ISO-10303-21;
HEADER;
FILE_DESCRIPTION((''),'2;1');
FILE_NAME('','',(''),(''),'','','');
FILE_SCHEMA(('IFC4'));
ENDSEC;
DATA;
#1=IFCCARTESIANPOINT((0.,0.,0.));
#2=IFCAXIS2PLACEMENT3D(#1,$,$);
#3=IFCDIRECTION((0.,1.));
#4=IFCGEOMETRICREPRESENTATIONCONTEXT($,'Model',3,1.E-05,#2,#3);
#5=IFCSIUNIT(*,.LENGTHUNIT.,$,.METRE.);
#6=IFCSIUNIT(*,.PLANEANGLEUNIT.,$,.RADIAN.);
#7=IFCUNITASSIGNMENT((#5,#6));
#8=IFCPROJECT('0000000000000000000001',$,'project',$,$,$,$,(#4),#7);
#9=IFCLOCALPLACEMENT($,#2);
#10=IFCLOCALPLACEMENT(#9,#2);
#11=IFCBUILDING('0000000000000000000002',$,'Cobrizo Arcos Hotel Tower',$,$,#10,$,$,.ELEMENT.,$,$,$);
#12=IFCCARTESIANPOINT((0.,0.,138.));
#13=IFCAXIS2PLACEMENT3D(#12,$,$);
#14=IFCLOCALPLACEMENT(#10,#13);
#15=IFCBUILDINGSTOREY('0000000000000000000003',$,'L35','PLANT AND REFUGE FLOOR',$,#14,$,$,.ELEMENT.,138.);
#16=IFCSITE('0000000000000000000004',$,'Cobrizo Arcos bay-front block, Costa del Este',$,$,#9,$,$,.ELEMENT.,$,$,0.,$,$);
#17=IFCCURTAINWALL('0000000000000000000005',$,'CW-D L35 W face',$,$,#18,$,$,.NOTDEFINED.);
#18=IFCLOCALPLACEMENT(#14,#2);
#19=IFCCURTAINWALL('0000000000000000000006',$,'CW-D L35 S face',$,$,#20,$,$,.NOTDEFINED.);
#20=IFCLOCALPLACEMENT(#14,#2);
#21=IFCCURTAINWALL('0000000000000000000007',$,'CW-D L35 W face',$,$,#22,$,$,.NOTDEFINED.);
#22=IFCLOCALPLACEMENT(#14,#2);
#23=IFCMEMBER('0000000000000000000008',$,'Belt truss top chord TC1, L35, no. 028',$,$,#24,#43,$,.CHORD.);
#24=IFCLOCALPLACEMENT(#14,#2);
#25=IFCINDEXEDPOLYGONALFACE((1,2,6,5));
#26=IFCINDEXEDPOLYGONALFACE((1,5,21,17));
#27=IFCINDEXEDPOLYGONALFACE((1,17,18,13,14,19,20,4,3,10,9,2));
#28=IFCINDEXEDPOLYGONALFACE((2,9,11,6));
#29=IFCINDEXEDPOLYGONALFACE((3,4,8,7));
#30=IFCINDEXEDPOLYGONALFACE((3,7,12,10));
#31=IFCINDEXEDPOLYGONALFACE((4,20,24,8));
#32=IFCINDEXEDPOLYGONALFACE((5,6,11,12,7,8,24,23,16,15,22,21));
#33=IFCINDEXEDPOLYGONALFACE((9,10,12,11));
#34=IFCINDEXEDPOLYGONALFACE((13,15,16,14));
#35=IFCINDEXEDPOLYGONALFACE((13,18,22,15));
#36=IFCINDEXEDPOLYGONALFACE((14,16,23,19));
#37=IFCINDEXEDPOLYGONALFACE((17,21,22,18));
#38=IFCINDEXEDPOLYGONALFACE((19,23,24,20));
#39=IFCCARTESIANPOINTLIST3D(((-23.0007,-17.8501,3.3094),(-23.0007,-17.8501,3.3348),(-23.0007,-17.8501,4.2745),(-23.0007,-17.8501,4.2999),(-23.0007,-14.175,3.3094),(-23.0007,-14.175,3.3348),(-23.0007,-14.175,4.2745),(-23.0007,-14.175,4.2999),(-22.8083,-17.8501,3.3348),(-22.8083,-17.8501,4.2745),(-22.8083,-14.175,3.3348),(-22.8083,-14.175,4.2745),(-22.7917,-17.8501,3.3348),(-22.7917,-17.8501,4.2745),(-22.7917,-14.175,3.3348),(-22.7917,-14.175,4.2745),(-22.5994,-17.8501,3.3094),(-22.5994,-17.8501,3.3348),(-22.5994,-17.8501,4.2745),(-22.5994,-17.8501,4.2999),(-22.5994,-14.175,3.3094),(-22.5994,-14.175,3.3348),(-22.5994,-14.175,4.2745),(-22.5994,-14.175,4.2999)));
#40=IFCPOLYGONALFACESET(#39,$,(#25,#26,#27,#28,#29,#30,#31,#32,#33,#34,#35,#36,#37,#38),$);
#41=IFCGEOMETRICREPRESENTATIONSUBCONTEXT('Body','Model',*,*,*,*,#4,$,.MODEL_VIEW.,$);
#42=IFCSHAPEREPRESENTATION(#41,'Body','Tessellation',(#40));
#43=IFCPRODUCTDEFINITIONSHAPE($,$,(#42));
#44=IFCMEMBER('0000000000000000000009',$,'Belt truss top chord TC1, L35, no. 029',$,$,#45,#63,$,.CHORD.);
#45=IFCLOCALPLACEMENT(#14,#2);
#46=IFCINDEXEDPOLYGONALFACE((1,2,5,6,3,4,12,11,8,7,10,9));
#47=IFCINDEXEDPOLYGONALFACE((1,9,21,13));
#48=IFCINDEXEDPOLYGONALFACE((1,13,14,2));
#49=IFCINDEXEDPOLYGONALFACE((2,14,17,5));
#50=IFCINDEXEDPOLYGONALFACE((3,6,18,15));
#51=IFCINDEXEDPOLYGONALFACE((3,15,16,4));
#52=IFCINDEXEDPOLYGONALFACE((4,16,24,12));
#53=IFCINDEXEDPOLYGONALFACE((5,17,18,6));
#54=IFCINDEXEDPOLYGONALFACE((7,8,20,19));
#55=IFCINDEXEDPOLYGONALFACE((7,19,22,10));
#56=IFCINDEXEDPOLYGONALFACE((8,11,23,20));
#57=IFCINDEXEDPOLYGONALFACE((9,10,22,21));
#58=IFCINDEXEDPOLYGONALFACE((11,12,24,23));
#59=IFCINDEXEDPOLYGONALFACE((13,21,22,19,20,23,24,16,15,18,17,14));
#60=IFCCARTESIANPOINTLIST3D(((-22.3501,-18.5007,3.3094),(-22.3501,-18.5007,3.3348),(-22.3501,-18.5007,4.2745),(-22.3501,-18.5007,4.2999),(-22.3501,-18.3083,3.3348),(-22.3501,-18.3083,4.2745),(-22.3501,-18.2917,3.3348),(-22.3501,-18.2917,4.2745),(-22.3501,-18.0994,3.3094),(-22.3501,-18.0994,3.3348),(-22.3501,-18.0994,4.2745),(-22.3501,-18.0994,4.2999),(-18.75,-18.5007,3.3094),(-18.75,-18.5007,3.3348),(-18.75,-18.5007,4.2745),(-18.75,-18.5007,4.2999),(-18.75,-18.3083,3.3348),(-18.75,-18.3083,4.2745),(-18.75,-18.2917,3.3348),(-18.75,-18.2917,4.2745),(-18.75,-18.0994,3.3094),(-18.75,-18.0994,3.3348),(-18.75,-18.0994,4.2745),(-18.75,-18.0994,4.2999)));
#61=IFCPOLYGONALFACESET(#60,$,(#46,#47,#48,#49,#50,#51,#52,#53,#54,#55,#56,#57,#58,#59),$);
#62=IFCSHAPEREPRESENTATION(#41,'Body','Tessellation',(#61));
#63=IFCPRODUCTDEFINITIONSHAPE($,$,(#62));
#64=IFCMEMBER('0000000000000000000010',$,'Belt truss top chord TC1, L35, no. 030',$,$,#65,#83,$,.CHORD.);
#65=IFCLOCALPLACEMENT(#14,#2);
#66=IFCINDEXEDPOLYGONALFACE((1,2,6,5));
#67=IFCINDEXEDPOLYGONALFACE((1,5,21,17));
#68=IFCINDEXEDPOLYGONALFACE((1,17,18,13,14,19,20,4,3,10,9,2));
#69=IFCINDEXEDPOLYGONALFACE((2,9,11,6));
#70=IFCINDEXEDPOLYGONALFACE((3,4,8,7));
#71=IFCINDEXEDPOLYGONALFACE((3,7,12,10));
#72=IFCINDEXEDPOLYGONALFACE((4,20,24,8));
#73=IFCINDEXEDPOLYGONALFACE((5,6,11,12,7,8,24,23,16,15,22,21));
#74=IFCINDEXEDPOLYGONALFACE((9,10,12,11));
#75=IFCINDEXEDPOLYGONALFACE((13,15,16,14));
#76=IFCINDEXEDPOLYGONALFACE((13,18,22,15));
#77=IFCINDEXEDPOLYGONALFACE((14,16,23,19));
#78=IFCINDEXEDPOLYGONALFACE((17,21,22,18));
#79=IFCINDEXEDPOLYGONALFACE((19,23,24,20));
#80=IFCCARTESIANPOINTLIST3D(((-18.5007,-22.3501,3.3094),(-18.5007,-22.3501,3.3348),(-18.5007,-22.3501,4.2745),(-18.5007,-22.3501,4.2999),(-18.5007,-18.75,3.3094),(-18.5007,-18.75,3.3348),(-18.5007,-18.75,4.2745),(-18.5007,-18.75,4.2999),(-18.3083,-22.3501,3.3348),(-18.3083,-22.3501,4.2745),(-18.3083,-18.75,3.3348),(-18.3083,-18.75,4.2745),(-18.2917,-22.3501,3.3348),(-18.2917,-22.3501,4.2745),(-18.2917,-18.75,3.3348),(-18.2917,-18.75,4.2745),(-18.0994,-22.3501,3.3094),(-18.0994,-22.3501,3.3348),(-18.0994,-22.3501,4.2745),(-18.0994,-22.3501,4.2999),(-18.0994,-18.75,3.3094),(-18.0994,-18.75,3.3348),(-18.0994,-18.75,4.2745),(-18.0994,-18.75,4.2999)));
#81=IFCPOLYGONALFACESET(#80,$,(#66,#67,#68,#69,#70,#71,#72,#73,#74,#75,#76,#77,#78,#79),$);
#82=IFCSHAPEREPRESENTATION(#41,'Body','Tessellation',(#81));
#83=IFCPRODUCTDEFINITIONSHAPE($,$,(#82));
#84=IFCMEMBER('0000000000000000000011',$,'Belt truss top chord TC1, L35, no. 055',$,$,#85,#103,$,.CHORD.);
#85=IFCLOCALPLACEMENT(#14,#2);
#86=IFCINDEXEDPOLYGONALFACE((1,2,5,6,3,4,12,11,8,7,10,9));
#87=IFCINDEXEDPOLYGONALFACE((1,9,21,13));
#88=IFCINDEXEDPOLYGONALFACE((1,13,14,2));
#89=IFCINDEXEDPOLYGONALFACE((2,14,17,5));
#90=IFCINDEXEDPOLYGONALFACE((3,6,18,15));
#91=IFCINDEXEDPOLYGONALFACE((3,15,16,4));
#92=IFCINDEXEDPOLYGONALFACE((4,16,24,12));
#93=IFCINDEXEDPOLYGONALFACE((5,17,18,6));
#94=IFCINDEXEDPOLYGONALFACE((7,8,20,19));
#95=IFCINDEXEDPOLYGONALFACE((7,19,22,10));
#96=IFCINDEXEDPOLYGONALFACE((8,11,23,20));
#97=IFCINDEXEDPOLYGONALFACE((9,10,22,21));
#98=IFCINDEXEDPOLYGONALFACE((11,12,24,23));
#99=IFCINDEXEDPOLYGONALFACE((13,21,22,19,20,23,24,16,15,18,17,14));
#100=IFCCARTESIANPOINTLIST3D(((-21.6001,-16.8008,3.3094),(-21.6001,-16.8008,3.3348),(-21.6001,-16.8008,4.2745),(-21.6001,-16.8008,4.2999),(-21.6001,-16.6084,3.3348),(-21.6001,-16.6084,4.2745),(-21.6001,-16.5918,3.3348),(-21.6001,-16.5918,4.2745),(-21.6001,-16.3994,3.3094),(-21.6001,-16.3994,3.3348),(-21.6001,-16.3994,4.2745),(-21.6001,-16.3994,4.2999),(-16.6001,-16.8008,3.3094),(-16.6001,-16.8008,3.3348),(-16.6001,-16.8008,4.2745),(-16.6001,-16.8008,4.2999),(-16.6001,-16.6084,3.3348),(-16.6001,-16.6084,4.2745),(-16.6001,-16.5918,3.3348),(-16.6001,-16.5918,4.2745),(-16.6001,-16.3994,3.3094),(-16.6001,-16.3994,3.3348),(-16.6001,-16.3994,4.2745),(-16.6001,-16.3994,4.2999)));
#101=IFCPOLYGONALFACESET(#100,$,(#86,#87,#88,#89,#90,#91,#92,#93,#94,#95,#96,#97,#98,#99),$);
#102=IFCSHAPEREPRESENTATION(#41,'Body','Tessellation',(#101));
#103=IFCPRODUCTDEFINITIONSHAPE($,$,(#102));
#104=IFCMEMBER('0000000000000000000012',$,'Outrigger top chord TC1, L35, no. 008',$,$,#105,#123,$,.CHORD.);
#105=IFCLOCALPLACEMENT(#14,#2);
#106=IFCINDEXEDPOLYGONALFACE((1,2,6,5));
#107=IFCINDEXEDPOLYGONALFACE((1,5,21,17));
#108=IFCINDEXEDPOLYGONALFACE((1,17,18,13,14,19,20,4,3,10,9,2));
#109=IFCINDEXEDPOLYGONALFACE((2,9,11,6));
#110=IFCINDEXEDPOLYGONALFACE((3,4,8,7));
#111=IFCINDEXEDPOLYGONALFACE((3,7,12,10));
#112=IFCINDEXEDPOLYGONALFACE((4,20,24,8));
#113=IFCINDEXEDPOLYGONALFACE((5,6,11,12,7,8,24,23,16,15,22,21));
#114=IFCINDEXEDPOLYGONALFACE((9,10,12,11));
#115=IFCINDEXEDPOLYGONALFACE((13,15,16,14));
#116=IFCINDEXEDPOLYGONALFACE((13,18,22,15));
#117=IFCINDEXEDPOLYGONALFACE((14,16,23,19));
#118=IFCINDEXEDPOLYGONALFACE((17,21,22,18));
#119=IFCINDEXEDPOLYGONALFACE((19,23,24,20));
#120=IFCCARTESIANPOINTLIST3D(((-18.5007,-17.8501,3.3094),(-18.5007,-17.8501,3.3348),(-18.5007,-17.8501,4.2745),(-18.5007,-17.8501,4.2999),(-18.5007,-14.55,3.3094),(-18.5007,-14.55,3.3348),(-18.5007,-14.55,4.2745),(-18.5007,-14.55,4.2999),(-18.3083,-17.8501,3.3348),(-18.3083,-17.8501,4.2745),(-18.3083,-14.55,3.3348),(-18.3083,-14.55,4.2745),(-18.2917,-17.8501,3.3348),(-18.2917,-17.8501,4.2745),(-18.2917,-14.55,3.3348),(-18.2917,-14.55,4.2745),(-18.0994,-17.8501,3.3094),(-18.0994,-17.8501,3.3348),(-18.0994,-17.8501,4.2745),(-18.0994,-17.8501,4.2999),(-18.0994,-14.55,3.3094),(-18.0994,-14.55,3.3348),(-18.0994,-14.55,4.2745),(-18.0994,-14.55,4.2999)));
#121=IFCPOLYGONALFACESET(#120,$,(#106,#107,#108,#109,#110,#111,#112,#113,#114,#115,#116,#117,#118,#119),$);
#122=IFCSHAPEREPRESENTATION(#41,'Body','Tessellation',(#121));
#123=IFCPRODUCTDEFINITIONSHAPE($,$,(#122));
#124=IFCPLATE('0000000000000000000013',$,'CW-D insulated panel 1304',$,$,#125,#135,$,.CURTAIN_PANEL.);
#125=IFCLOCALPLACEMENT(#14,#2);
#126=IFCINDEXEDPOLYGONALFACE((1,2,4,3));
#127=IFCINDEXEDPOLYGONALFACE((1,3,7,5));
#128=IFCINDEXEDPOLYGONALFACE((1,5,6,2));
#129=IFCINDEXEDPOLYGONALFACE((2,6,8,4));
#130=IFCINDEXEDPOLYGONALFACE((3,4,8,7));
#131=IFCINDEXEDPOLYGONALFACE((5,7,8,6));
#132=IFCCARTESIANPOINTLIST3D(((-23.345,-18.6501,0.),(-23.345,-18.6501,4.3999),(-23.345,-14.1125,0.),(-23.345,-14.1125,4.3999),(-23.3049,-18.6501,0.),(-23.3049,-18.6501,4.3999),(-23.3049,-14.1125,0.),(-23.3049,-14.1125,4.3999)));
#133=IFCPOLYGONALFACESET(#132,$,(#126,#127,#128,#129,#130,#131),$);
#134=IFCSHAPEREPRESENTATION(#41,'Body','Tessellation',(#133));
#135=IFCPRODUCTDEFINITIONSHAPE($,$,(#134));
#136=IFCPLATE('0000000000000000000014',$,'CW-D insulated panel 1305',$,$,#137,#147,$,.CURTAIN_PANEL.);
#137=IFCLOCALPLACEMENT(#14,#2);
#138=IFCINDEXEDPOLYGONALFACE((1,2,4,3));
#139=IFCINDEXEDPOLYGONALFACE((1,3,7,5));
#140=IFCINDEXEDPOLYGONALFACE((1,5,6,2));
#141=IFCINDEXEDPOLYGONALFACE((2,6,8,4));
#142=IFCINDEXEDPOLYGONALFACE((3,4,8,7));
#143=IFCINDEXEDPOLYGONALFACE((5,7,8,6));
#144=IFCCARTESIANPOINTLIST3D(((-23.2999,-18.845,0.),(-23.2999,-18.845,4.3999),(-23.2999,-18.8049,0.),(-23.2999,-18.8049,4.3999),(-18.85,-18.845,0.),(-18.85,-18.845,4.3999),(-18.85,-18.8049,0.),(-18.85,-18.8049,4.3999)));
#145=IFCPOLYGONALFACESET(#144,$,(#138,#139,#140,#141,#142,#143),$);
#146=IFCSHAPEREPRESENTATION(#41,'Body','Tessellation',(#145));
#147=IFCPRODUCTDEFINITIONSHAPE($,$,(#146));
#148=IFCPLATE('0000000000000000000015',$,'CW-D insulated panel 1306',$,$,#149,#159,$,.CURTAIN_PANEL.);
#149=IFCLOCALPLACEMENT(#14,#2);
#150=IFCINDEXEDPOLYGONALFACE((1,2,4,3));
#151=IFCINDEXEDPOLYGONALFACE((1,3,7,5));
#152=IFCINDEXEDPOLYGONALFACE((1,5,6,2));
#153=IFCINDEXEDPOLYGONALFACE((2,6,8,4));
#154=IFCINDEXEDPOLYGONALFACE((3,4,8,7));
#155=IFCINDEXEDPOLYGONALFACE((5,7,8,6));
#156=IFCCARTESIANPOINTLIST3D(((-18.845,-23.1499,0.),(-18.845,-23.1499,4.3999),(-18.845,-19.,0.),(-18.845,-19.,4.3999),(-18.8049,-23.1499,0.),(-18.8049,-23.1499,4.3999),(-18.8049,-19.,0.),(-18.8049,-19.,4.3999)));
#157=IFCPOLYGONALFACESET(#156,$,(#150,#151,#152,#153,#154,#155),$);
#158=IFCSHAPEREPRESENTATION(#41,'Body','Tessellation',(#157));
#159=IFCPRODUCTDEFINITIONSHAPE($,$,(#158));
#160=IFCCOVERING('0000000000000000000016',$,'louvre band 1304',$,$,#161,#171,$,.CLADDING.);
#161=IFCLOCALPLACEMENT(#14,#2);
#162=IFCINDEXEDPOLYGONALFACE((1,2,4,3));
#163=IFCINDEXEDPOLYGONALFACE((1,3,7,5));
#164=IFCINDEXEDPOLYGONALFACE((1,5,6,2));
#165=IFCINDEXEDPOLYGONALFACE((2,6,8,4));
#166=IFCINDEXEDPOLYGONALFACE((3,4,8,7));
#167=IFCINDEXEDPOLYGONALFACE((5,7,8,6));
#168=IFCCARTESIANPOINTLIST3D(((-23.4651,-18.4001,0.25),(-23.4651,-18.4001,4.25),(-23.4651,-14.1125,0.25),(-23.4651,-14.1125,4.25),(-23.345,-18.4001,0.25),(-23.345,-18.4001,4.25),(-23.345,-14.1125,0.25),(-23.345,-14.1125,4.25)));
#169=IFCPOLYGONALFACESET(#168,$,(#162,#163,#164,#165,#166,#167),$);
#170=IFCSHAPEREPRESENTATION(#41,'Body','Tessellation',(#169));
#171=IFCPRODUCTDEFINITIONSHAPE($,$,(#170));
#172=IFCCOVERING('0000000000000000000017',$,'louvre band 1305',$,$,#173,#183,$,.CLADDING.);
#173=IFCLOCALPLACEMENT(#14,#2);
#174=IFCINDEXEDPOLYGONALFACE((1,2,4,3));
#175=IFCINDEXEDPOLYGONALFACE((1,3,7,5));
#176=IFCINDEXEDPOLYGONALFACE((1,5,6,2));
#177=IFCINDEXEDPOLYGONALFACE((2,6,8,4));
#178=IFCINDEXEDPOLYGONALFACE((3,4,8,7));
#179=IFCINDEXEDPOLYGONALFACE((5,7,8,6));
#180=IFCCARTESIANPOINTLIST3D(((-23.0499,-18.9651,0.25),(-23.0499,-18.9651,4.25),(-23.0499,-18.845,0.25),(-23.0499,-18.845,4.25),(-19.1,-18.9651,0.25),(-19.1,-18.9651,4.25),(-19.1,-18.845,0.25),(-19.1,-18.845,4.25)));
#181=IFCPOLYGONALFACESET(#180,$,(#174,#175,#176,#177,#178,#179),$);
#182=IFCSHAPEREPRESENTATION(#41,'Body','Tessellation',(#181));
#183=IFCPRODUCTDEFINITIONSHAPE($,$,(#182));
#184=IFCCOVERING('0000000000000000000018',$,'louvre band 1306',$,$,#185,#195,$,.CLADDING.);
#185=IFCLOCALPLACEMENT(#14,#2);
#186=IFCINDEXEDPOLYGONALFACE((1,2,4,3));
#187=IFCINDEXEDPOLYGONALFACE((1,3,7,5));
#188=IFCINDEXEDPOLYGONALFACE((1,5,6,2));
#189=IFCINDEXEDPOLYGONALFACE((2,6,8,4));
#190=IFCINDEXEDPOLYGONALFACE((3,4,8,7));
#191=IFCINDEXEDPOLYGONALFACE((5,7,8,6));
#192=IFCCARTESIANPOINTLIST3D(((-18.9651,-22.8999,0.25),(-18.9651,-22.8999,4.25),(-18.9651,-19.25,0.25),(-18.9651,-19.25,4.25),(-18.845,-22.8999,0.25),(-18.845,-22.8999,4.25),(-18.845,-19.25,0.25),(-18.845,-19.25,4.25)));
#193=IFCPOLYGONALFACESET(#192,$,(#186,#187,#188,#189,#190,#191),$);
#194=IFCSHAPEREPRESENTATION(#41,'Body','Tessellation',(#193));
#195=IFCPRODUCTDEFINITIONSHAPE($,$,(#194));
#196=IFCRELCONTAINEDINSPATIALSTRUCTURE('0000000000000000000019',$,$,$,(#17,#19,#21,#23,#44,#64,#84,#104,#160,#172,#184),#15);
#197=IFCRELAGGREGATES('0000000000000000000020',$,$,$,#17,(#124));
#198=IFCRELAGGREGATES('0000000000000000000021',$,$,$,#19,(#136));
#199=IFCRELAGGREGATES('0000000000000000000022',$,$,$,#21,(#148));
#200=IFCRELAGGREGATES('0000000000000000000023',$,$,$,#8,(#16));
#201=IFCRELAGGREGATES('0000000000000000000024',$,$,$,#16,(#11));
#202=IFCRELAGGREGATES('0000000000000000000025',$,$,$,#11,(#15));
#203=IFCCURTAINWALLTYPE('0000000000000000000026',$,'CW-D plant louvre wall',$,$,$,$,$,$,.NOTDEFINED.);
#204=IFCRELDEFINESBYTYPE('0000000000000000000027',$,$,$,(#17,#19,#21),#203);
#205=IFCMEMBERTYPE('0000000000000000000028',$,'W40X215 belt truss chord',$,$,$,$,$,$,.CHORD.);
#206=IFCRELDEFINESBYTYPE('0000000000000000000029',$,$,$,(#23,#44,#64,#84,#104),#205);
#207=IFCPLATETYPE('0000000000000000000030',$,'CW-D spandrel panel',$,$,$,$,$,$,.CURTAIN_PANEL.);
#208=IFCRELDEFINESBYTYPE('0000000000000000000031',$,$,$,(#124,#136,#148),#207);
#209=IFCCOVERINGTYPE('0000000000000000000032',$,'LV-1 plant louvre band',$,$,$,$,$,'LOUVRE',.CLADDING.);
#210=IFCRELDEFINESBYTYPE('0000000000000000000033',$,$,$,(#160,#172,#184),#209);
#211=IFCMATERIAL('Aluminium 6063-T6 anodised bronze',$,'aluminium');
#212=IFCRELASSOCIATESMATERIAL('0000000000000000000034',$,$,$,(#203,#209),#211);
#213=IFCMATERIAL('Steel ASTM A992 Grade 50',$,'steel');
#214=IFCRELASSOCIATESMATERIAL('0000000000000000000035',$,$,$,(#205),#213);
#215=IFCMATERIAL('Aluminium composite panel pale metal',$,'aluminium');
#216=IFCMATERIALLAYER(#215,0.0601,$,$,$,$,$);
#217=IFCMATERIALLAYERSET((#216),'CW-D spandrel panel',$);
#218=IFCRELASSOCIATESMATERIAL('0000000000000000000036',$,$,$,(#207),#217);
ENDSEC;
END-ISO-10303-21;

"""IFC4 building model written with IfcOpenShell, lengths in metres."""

from ifc_helpers import new_model, si_unit, direction, frame, origin, origin_2d, place, context, subcontext, project, spatial, rectangle, i_section, extrude, material, layer, layer_set, material_profile, profile_set, type_object, element, aggregate, save


model = new_model("IFC4")

# Units and contexts
model_context = context("Model", 3, precision=1e-05, world=origin(), true_north=direction((0.0, 1.0)))
body_context = subcontext(model_context, "Body", "Model", "MODEL_VIEW")
ifc_project = project(units=[si_unit("LENGTHUNIT", "METRE"), si_unit("PLANEANGLEUNIT", "RADIAN")], contexts=[model_context])

# Site, building, storey
site_placement = place(None, origin())
site = spatial("IfcSite", under=ifc_project, at=site_placement, Name="Cobrizo Arcos bay-front block, Costa del Este", CompositionType="ELEMENT", RefElevation=0.0)
building_placement = place(site_placement, origin())
building = spatial("IfcBuilding", under=site, at=building_placement, Name="Cobrizo Arcos Hotel Tower", CompositionType="ELEMENT")
storey_placement = place(building_placement, frame((0.0, 0.0, 138.0)))
storey = spatial("IfcBuildingStorey", under=building, at=storey_placement, Name="L35", Description="PLANT AND REFUGE FLOOR", CompositionType="ELEMENT", Elevation=138.0)

# Curtain walls
ifc_material_1 = material(Name="Aluminium 6063-T6 anodised bronze", Category="aluminium")
curtain_wall_type = type_object("IfcCurtainWallType", Name="CW-D plant louvre wall", PredefinedType="NOTDEFINED", material=ifc_material_1)
curtain_wall_1_placement = place(storey_placement, origin())
curtain_wall_1 = element("IfcCurtainWall", 1, at=curtain_wall_1_placement, inside=storey, type_object=curtain_wall_type, Name="CW-D L35 W face", PredefinedType="NOTDEFINED")
curtain_wall_2_placement = place(storey_placement, origin())
curtain_wall_2 = element("IfcCurtainWall", 2, at=curtain_wall_2_placement, inside=storey, type_object=curtain_wall_type, Name="CW-D L35 S face", PredefinedType="NOTDEFINED")
curtain_wall_3_placement = place(storey_placement, origin())
curtain_wall_3 = element("IfcCurtainWall", 3, at=curtain_wall_3_placement, inside=storey, type_object=curtain_wall_type, Name="CW-D L35 W face", PredefinedType="NOTDEFINED")

# Members
ifc_material_2 = material(Name="Steel ASTM A992 Grade 50", Category="steel")
ifc_material_profile_1 = material_profile(ifc_material_2, i_section(OverallWidth=0.4014, OverallDepth=0.9905, WebThickness=0.0166, FlangeThickness=0.0254, at=origin_2d()), Name="W40X215")
ifc_profile_set_1 = profile_set([ifc_material_profile_1], Name="Steel ASTM A992 Grade 50")
member_type_1 = type_object("IfcMemberType", Name="W40X215 belt truss chord", PredefinedType="CHORD", material=ifc_profile_set_1)
for number, where, z_axis, x_axis, name in (
    (4, (-22.8, -14.175, 3.8047), (0.0, -1.0, 0.0), (1.0, 0.0, 0.0), "Belt truss top chord TC1, L35, no. 028"),
):
    element("IfcMember", number, at=place(storey_placement, frame(where, z_axis=z_axis, x_axis=x_axis)), inside=storey, type_object=member_type_1, Name=name, PredefinedType="CHORD", context=body_context, shape_type="SweptSolid", body=[
        extrude(i_section(OverallWidth=0.4014, OverallDepth=0.9905, WebThickness=0.0166, FlangeThickness=0.0254, at=origin_2d()), origin(), (0.0, 0.0, 1.0), 3.675),
    ])
for number, where, z_axis, x_axis, name in (
    (5, (-22.3501, -18.3, 3.8047), (1.0, 0.0, 0.0), (0.0, 1.0, 0.0), "Belt truss top chord TC1, L35, no. 029"),
    (6, (-18.3, -18.75, 3.8047), (0.0, -1.0, 0.0), (1.0, 0.0, 0.0), "Belt truss top chord TC1, L35, no. 030"),
):
    element("IfcMember", number, at=place(storey_placement, frame(where, z_axis=z_axis, x_axis=x_axis)), inside=storey, type_object=member_type_1, Name=name, PredefinedType="CHORD", context=body_context, shape_type="SweptSolid", body=[
        extrude(i_section(OverallWidth=0.4014, OverallDepth=0.9905, WebThickness=0.0166, FlangeThickness=0.0254, at=origin_2d()), origin(), (0.0, 0.0, 1.0), 3.6001),
    ])
member_1_placement = place(storey_placement, frame((-21.6001, -16.6001, 3.8047), z_axis=(1.0, 0.0, 0.0), x_axis=(0.0, 1.0, 0.0)))
element("IfcMember", 7, at=member_1_placement, inside=storey, type_object=member_type_1, Name="Belt truss top chord TC1, L35, no. 055", PredefinedType="CHORD", context=body_context, shape_type="SweptSolid", body=[
    extrude(i_section(OverallWidth=0.4014, OverallDepth=0.9905, WebThickness=0.0166, FlangeThickness=0.0254, at=origin_2d()), origin(), (0.0, 0.0, 1.0), 5.0),
])
member_2_placement = place(storey_placement, frame((-18.3, -14.55, 3.8047), z_axis=(0.0, -1.0, 0.0), x_axis=(1.0, 0.0, 0.0)))
element("IfcMember", 8, at=member_2_placement, inside=storey, type_object=member_type_1, Name="Outrigger top chord TC1, L35, no. 008", PredefinedType="CHORD", context=body_context, shape_type="SweptSolid", body=[
    extrude(i_section(OverallWidth=0.4014, OverallDepth=0.9905, WebThickness=0.0166, FlangeThickness=0.0254, at=origin_2d()), origin(), (0.0, 0.0, 1.0), 3.3),
])

# Plates
ifc_material_3 = material(Name="Aluminium composite panel pale metal", Category="aluminium")
ifc_layer = layer(ifc_material_3, 0.0601)
ifc_layer_set = layer_set([ifc_layer], Name="CW-D spandrel panel")
plate_type = type_object("IfcPlateType", Name="CW-D spandrel panel", PredefinedType="CURTAIN_PANEL", material=ifc_layer_set)
plate_1_placement = place(storey_placement, frame((-23.325, -16.3813, 0.0), z_axis=(0.0, 0.0, 1.0), x_axis=(0.0, -1.0, 0.0)))
plate_1 = element("IfcPlate", 9, at=plate_1_placement, type_object=plate_type, Name="CW-D insulated panel 1304", PredefinedType="CURTAIN_PANEL", context=body_context, shape_type="SweptSolid", body=[
    extrude(rectangle(XDim=4.5376, YDim=0.04, at=origin_2d()), origin(), (0.0, 0.0, 1.0), 4.3999),
])
aggregate(curtain_wall_1, [plate_1])
plate_2_placement = place(storey_placement, frame((-21.075, -18.825, 0.0), z_axis=(0.0, 0.0, 1.0), x_axis=(1.0, 0.0, 0.0)))
plate_2 = element("IfcPlate", 10, at=plate_2_placement, type_object=plate_type, Name="CW-D insulated panel 1305", PredefinedType="CURTAIN_PANEL", context=body_context, shape_type="SweptSolid", body=[
    extrude(rectangle(XDim=4.45, YDim=0.04, at=origin_2d()), origin(), (0.0, 0.0, 1.0), 4.3999),
])
aggregate(curtain_wall_2, [plate_2])
plate_3_placement = place(storey_placement, frame((-18.825, -21.075, 0.0), z_axis=(0.0, 0.0, 1.0), x_axis=(0.0, -1.0, 0.0)))
plate_3 = element("IfcPlate", 11, at=plate_3_placement, type_object=plate_type, Name="CW-D insulated panel 1306", PredefinedType="CURTAIN_PANEL", context=body_context, shape_type="SweptSolid", body=[
    extrude(rectangle(XDim=4.1499, YDim=0.04, at=origin_2d()), origin(), (0.0, 0.0, 1.0), 4.3999),
])
aggregate(curtain_wall_3, [plate_3])

# Coverings
covering_type = type_object("IfcCoveringType", Name="LV-1 plant louvre band", ElementType="LOUVRE", PredefinedType="CLADDING", material=ifc_material_1)
covering_1_placement = place(storey_placement, frame((-23.405, -16.2563, 0.25), z_axis=(0.0, 0.0, 1.0), x_axis=(0.0, -1.0, 0.0)))
element("IfcCovering", 12, at=covering_1_placement, inside=storey, type_object=covering_type, Name="louvre band 1304", PredefinedType="CLADDING", context=body_context, shape_type="SweptSolid", body=[
    extrude(rectangle(XDim=4.2876, YDim=0.1201, at=origin_2d()), origin(), (0.0, 0.0, 1.0), 4.0),
])
covering_2_placement = place(storey_placement, frame((-21.075, -18.905, 0.25), z_axis=(0.0, 0.0, 1.0), x_axis=(1.0, 0.0, 0.0)))
element("IfcCovering", 13, at=covering_2_placement, inside=storey, type_object=covering_type, Name="louvre band 1305", PredefinedType="CLADDING", context=body_context, shape_type="SweptSolid", body=[
    extrude(rectangle(XDim=3.95, YDim=0.1201, at=origin_2d()), origin(), (0.0, 0.0, 1.0), 4.0),
])
covering_3_placement = place(storey_placement, frame((-18.905, -21.075, 0.25), z_axis=(0.0, 0.0, 1.0), x_axis=(0.0, -1.0, 0.0)))
element("IfcCovering", 14, at=covering_3_placement, inside=storey, type_object=covering_type, Name="louvre band 1306", PredefinedType="CLADDING", context=body_context, shape_type="SweptSolid", body=[
    extrude(rectangle(XDim=3.6499, YDim=0.1201, at=origin_2d()), origin(), (0.0, 0.0, 1.0), 4.0),
])

save(model, "model.ifc")
